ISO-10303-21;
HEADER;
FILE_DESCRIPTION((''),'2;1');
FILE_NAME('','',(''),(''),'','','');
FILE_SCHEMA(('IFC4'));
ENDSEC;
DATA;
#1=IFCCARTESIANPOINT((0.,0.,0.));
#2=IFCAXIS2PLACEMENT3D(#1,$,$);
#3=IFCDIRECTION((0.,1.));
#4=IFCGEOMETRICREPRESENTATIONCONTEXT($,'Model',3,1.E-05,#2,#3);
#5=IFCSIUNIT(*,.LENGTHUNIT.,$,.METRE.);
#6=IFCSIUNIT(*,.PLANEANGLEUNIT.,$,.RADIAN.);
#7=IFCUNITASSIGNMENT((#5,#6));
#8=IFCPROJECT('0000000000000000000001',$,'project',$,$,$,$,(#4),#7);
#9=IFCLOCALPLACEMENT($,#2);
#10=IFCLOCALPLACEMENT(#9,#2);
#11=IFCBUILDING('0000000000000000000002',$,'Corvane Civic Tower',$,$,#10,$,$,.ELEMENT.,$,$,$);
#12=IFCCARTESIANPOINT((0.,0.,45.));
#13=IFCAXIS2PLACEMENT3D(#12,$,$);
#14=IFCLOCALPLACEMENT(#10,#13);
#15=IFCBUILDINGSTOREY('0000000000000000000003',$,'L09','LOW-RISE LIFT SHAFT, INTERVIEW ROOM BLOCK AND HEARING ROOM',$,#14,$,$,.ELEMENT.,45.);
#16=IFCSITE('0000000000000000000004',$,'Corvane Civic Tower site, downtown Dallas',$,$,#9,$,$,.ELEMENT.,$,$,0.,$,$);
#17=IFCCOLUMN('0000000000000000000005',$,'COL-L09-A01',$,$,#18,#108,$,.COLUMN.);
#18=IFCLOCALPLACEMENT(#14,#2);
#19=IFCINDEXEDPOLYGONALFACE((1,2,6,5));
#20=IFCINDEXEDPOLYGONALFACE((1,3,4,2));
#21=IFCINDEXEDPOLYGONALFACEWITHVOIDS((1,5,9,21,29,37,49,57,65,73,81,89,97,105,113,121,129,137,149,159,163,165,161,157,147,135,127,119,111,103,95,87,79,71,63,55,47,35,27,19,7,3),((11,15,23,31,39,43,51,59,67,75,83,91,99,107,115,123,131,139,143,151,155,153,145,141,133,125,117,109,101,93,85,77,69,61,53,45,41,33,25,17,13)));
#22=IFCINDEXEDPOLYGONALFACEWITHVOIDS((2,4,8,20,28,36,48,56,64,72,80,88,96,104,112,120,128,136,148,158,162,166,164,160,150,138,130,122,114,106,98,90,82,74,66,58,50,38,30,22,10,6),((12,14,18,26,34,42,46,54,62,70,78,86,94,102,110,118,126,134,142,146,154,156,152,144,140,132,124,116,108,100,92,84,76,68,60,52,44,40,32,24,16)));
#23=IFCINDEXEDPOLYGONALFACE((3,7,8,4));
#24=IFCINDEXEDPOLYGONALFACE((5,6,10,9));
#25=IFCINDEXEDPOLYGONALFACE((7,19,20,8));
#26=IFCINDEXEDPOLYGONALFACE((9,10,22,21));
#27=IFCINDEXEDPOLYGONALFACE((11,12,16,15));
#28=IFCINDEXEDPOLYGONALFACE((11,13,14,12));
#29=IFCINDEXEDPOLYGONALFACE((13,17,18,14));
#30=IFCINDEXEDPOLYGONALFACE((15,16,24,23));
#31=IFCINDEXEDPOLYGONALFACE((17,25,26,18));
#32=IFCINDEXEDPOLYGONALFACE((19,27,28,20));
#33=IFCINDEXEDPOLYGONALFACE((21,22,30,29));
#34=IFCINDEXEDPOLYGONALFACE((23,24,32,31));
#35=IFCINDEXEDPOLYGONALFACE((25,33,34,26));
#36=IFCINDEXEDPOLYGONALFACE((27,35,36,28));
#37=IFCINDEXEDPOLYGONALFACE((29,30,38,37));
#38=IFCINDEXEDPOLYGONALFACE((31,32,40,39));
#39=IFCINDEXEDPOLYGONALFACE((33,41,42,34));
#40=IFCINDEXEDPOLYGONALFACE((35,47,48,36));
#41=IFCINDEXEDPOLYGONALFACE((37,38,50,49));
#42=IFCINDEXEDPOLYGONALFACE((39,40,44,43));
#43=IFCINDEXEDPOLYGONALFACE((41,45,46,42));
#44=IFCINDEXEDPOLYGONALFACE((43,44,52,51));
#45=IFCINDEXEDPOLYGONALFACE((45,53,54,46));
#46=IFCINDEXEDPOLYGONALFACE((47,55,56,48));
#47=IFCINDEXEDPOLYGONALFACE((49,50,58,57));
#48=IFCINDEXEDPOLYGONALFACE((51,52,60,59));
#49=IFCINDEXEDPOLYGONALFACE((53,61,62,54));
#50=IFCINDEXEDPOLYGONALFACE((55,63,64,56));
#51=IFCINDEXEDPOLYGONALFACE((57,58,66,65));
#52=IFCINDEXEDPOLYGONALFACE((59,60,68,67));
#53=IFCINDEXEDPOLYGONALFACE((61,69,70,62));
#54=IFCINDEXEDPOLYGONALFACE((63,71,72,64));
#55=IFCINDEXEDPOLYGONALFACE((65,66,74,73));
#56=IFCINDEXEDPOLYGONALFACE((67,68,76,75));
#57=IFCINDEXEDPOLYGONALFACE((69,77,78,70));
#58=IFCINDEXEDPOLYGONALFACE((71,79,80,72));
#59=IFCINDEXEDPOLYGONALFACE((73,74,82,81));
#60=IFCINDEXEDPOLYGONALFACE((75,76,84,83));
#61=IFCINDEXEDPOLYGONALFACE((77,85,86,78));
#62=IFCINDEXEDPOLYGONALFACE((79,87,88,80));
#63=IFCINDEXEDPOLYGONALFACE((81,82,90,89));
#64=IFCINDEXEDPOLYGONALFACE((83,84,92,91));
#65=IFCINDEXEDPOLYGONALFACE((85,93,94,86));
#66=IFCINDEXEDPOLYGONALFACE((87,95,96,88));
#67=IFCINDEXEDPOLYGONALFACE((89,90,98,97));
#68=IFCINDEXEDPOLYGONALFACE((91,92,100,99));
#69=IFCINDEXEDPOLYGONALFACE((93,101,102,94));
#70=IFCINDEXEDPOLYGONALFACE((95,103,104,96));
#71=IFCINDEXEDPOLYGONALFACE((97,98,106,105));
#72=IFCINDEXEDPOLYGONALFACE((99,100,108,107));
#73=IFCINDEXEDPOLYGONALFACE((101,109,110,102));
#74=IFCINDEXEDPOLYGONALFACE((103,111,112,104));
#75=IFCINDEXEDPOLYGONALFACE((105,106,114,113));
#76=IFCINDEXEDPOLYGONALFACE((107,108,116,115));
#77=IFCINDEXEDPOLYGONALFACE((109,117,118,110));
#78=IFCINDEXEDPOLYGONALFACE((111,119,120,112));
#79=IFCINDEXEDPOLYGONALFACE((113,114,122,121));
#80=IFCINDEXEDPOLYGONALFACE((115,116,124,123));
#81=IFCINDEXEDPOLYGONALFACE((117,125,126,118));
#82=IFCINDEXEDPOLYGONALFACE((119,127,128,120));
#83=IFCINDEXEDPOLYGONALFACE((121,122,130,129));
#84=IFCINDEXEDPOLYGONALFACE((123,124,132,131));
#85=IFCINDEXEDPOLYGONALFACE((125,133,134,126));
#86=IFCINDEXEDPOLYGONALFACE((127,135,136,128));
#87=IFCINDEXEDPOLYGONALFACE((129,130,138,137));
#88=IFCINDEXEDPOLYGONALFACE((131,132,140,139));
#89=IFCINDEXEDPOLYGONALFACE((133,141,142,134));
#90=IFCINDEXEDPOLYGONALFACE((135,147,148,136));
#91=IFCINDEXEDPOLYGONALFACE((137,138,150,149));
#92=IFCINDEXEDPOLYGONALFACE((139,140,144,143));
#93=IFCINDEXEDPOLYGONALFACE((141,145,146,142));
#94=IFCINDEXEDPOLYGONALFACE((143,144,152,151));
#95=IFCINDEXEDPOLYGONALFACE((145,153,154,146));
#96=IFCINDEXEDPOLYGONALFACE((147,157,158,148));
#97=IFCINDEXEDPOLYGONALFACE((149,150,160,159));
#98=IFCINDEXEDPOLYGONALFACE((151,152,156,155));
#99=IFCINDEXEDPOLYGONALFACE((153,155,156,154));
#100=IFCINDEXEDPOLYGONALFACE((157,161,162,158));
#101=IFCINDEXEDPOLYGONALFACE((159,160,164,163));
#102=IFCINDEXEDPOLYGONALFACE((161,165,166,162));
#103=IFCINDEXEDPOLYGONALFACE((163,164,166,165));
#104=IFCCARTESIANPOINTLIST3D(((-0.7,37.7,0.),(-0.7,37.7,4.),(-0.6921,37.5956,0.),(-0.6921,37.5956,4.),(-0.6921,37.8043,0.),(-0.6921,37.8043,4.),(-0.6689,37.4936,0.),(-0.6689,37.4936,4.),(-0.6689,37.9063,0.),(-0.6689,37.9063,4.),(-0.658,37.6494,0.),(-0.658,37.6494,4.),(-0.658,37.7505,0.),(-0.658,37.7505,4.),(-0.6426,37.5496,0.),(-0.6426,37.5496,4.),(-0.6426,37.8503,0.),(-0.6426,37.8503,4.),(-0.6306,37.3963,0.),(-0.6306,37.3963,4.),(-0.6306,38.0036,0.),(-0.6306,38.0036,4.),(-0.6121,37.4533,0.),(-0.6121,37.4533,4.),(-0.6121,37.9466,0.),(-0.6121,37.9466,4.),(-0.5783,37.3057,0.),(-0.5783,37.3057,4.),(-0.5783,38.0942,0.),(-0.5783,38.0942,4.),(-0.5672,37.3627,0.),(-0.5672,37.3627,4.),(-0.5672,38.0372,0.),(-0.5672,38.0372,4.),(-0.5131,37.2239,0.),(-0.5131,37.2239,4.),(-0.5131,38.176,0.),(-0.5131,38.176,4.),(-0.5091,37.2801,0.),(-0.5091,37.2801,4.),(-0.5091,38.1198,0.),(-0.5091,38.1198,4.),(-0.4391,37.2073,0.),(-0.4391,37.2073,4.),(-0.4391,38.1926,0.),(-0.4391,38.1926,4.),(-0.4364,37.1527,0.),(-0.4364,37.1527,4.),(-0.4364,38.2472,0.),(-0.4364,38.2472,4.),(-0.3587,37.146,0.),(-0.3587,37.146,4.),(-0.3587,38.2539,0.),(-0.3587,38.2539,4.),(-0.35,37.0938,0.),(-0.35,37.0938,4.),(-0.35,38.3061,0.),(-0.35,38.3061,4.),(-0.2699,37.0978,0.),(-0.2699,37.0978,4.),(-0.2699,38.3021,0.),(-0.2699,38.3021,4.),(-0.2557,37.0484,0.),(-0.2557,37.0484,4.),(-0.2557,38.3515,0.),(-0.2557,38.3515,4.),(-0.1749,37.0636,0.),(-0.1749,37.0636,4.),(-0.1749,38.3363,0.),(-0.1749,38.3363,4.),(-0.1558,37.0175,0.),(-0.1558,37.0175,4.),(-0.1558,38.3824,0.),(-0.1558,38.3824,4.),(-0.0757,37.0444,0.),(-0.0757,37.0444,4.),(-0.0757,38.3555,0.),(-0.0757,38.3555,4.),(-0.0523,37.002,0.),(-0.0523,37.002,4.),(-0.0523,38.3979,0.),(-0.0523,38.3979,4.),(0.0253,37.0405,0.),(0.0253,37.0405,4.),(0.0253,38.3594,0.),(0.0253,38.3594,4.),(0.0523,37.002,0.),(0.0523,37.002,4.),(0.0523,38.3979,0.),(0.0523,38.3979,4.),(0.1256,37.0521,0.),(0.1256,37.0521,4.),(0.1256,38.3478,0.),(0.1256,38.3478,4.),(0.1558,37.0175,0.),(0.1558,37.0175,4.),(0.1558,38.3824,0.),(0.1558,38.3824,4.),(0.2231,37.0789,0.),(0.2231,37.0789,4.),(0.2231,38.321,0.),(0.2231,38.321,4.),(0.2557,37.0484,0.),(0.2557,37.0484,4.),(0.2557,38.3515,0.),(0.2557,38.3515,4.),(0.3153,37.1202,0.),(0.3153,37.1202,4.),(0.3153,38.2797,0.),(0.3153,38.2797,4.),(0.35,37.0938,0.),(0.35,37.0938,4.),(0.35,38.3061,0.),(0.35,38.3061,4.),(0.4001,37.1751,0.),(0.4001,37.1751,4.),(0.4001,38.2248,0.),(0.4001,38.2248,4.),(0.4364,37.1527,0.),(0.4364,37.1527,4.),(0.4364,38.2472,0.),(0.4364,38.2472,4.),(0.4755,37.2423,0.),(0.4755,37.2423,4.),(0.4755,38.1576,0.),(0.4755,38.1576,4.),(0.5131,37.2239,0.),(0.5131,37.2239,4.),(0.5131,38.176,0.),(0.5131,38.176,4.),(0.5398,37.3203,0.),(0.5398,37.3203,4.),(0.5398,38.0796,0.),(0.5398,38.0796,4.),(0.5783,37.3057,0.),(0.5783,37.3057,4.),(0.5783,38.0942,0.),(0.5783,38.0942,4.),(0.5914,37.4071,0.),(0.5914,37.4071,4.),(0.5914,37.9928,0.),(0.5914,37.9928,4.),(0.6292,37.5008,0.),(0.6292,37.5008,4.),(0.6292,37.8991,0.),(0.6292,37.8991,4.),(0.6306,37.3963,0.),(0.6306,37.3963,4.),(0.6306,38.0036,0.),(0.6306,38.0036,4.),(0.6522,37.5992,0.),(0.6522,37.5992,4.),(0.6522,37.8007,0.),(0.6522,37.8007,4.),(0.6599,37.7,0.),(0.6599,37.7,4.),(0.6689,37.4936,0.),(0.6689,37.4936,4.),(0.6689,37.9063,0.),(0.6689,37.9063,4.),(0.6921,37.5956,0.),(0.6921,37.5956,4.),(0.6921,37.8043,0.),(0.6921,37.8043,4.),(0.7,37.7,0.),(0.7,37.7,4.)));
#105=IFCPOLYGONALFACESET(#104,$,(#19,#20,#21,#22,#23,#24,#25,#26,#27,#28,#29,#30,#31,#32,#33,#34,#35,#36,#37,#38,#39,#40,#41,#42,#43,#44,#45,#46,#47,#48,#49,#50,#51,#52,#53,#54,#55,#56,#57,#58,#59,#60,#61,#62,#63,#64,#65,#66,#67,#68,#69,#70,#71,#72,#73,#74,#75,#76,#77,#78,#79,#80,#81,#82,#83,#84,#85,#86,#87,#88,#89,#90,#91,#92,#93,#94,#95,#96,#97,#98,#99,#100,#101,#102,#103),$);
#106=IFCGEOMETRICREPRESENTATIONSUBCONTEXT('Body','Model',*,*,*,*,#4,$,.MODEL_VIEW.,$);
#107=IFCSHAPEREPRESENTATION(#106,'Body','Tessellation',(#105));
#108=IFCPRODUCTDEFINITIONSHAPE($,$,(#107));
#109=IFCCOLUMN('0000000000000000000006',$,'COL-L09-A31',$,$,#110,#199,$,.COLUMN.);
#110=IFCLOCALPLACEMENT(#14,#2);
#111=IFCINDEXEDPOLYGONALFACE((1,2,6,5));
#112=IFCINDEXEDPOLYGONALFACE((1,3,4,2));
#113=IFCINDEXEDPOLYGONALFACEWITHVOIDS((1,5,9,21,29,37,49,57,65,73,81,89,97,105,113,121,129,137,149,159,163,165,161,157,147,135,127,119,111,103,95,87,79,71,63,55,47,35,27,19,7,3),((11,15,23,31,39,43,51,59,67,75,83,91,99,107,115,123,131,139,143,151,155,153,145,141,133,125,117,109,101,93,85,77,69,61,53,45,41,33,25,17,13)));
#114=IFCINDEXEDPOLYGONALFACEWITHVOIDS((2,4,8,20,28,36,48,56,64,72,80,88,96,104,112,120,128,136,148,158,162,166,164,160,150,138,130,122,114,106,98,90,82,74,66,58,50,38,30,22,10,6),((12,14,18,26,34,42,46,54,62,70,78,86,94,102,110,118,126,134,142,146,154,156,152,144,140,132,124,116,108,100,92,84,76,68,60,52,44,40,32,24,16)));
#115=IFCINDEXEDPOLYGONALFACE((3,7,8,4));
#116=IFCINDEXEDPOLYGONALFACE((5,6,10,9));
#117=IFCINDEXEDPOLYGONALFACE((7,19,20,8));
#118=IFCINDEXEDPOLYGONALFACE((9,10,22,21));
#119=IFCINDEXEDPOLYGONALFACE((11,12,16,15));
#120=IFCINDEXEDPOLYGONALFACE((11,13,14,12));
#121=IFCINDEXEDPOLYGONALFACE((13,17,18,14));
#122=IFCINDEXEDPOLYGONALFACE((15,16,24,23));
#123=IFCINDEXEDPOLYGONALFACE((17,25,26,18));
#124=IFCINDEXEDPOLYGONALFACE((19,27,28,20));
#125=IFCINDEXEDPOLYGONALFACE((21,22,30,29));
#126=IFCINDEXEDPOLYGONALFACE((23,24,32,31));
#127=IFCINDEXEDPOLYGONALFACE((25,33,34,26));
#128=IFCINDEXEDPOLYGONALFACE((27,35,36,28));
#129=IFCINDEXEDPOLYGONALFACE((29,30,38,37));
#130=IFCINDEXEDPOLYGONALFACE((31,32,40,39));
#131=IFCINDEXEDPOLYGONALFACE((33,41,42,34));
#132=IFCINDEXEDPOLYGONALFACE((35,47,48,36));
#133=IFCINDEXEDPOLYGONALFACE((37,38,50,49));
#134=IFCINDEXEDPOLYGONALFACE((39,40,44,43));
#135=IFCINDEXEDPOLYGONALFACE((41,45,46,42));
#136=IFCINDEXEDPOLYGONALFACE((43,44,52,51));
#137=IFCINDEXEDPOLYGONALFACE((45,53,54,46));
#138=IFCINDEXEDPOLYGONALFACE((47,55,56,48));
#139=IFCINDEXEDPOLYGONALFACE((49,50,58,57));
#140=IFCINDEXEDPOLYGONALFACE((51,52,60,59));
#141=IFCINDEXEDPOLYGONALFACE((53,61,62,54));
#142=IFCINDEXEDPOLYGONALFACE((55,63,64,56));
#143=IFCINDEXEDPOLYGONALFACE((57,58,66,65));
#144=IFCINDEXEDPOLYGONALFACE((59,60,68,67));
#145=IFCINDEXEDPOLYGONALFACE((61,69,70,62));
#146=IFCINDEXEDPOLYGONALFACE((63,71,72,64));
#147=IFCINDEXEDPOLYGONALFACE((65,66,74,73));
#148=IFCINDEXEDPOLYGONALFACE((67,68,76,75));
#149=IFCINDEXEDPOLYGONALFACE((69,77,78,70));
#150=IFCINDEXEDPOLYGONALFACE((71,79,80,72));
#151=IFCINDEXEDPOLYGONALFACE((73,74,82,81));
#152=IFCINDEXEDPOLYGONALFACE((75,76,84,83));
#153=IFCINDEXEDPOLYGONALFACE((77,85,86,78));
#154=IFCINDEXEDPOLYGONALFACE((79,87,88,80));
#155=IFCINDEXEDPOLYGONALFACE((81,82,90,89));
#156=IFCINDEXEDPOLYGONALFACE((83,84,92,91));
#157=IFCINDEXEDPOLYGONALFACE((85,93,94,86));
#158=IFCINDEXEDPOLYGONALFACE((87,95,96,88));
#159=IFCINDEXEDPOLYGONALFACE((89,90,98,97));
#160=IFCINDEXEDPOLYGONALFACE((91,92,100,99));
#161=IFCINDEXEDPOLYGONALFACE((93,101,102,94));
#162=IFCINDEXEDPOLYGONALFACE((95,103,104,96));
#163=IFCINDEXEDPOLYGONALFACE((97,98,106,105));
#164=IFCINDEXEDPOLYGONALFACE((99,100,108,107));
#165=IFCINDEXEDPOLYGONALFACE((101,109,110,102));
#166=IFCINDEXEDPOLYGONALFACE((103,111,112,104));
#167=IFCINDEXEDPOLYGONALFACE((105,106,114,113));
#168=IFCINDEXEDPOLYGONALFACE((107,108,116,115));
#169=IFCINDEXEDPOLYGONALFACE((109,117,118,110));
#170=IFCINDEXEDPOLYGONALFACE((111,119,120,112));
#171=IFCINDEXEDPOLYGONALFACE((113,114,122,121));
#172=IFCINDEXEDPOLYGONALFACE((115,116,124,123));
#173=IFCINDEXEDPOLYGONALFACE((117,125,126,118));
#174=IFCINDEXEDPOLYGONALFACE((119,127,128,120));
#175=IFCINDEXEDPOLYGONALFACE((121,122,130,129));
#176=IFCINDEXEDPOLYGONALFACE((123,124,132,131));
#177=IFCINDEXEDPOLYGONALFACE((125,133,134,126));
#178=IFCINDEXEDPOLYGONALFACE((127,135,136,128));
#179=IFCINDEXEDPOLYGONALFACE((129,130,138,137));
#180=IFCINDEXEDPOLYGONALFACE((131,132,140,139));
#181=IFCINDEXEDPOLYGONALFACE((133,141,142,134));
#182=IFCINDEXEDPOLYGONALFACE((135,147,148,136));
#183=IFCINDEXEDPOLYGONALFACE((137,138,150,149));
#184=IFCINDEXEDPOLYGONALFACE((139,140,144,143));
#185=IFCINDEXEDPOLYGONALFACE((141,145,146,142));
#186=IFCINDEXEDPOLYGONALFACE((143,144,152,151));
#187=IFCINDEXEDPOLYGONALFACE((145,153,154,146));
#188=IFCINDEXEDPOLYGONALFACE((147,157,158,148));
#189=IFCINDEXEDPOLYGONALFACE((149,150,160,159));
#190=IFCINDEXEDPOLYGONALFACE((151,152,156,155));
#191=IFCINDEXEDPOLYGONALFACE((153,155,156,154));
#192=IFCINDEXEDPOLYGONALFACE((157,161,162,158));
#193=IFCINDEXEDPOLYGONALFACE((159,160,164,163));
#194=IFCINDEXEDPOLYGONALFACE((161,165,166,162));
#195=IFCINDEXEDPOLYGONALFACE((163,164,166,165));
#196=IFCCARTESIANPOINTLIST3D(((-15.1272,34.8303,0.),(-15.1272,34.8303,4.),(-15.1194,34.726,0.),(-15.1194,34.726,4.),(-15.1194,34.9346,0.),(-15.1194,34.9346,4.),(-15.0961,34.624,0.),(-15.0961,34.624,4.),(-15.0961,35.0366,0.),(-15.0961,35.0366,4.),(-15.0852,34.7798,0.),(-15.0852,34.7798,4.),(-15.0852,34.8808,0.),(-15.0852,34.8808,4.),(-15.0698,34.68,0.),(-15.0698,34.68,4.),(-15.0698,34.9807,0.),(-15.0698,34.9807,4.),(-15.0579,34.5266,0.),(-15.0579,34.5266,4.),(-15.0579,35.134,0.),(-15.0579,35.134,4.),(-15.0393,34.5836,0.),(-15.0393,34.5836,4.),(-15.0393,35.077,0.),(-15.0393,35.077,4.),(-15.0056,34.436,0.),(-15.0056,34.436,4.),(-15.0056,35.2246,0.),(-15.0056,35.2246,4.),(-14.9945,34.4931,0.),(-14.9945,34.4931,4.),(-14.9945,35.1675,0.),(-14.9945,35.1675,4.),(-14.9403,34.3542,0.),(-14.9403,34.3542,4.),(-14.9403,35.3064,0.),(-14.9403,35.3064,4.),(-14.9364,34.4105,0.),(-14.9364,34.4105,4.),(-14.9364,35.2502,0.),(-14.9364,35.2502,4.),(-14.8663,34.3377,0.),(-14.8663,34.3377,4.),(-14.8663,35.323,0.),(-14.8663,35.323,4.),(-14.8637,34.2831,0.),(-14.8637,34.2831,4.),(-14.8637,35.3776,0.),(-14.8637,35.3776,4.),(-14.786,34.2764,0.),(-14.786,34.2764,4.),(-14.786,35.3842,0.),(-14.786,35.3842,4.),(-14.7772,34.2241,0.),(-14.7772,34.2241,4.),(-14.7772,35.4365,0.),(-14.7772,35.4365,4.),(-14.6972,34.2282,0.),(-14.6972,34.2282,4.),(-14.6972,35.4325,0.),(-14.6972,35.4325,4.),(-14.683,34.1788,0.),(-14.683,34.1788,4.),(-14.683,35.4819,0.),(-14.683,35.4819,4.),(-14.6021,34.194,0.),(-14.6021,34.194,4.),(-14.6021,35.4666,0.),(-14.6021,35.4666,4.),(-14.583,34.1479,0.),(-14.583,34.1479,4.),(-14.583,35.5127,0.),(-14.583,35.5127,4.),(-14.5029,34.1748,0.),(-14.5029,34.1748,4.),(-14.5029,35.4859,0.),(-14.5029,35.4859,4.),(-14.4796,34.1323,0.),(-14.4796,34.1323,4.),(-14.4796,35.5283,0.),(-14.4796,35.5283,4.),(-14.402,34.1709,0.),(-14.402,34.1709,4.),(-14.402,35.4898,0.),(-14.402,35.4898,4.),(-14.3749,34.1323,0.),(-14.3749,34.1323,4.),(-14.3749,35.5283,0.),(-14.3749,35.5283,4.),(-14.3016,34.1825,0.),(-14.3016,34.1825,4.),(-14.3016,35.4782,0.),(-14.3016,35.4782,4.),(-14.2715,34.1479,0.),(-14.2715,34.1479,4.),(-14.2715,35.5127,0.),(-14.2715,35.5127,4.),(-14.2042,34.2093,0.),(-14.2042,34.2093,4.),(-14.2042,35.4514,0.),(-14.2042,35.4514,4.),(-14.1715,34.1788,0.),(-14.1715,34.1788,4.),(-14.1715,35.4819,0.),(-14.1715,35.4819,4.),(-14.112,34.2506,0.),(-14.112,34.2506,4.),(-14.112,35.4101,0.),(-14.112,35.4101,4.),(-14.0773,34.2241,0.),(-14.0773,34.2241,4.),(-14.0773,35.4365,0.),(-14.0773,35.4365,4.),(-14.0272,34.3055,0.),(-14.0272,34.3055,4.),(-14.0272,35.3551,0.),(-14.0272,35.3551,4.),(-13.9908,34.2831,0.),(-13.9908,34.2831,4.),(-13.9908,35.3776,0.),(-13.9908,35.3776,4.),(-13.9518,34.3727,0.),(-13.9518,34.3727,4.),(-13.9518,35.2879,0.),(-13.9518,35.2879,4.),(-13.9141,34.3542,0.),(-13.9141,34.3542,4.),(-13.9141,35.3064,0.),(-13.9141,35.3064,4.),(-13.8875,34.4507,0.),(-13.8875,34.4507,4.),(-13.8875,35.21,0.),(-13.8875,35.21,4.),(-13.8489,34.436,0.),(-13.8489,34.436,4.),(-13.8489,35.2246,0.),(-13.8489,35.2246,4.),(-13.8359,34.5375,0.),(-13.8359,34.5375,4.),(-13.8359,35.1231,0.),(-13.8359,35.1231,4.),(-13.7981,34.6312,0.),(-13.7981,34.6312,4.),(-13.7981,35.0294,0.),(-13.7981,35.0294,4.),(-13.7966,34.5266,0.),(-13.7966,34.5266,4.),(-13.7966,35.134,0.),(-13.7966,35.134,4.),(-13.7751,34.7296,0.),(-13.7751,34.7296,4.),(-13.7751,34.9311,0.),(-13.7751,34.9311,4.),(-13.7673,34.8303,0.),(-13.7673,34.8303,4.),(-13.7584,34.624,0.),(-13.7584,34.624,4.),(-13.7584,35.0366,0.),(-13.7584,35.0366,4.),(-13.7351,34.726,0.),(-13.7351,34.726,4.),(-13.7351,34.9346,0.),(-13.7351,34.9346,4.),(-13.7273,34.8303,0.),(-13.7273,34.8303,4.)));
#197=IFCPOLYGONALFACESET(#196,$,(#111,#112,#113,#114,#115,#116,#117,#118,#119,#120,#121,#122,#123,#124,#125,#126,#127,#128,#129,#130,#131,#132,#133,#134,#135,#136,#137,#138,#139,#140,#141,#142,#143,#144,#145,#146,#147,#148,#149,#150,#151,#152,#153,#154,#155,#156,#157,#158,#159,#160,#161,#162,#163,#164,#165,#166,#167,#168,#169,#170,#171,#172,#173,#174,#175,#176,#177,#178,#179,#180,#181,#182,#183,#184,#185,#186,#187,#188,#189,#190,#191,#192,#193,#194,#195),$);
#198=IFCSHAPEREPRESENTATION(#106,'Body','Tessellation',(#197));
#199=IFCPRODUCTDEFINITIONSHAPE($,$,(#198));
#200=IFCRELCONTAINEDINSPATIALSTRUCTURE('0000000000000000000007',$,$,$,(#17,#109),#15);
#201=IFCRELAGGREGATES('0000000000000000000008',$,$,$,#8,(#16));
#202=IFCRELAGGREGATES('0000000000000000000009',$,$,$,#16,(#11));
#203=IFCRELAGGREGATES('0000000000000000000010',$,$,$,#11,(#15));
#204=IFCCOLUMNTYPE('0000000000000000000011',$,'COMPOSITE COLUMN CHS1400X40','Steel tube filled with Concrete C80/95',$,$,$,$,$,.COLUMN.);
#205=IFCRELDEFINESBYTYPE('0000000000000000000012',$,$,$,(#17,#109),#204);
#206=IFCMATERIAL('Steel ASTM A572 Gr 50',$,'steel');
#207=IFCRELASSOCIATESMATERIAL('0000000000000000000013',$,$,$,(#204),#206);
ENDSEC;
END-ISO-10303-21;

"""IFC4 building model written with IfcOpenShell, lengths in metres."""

from ifc_helpers import new_model, si_unit, direction, frame, origin, origin_2d, place, context, subcontext, project, spatial, hollow_circle, extrude, material, material_profile, profile_set, type_object, element, save


model = new_model("IFC4")

# Units and contexts
model_context = context("Model", 3, precision=1e-05, world=origin(), true_north=direction((0.0, 1.0)))
body_context = subcontext(model_context, "Body", "Model", "MODEL_VIEW")
ifc_project = project(units=[si_unit("LENGTHUNIT", "METRE"), si_unit("PLANEANGLEUNIT", "RADIAN")], contexts=[model_context])

# Site, building, storey
site_placement = place(None, origin())
site = spatial("IfcSite", under=ifc_project, at=site_placement, Name="Corvane Civic Tower site, downtown Dallas", CompositionType="ELEMENT", RefElevation=0.0)
building_placement = place(site_placement, origin())
building = spatial("IfcBuilding", under=site, at=building_placement, Name="Corvane Civic Tower", CompositionType="ELEMENT")
storey_placement = place(building_placement, frame((0.0, 0.0, 45.0)))
storey = spatial("IfcBuildingStorey", under=building, at=storey_placement, Name="L09", Description="LOW-RISE LIFT SHAFT, INTERVIEW ROOM BLOCK AND HEARING ROOM", CompositionType="ELEMENT", Elevation=45.0)

# Columns
ifc_material_1 = material(Name="Steel ASTM A572 Gr 50", Category="steel")
ifc_material_profile_1 = material_profile(ifc_material_1, hollow_circle(Radius=0.7, WallThickness=0.04, at=origin_2d()), Name="CHS1400X40")
ifc_profile_set_1 = profile_set([ifc_material_profile_1], Name="Steel ASTM A572 Gr 50")
column_type = type_object("IfcColumnType", Name="COMPOSITE COLUMN CHS1400X40", Description="Steel tube filled with Concrete C80/95", PredefinedType="COLUMN", material=ifc_profile_set_1)
for number, where, z_axis, x_axis, name in (
    (1, (0.0, 37.7, 0.0), (0.0, 0.0, 1.0), (1.0, 0.0, 0.0), "COL-L09-A01"),
    (2, (-14.4272, 34.8303, 0.0), (0.0, 0.0, 1.0), (1.0, 0.0, 0.0), "COL-L09-A31"),
):
    element("IfcColumn", number, at=place(storey_placement, frame(where, z_axis=z_axis, x_axis=x_axis)), inside=storey, type_object=column_type, Name=name, PredefinedType="COLUMN", context=body_context, shape_type="SweptSolid", body=[
        extrude(hollow_circle(Radius=0.7, WallThickness=0.04, at=origin_2d()), origin(), (0.0, 0.0, 1.0), 4.0),
    ])

save(model, "model.ifc")
